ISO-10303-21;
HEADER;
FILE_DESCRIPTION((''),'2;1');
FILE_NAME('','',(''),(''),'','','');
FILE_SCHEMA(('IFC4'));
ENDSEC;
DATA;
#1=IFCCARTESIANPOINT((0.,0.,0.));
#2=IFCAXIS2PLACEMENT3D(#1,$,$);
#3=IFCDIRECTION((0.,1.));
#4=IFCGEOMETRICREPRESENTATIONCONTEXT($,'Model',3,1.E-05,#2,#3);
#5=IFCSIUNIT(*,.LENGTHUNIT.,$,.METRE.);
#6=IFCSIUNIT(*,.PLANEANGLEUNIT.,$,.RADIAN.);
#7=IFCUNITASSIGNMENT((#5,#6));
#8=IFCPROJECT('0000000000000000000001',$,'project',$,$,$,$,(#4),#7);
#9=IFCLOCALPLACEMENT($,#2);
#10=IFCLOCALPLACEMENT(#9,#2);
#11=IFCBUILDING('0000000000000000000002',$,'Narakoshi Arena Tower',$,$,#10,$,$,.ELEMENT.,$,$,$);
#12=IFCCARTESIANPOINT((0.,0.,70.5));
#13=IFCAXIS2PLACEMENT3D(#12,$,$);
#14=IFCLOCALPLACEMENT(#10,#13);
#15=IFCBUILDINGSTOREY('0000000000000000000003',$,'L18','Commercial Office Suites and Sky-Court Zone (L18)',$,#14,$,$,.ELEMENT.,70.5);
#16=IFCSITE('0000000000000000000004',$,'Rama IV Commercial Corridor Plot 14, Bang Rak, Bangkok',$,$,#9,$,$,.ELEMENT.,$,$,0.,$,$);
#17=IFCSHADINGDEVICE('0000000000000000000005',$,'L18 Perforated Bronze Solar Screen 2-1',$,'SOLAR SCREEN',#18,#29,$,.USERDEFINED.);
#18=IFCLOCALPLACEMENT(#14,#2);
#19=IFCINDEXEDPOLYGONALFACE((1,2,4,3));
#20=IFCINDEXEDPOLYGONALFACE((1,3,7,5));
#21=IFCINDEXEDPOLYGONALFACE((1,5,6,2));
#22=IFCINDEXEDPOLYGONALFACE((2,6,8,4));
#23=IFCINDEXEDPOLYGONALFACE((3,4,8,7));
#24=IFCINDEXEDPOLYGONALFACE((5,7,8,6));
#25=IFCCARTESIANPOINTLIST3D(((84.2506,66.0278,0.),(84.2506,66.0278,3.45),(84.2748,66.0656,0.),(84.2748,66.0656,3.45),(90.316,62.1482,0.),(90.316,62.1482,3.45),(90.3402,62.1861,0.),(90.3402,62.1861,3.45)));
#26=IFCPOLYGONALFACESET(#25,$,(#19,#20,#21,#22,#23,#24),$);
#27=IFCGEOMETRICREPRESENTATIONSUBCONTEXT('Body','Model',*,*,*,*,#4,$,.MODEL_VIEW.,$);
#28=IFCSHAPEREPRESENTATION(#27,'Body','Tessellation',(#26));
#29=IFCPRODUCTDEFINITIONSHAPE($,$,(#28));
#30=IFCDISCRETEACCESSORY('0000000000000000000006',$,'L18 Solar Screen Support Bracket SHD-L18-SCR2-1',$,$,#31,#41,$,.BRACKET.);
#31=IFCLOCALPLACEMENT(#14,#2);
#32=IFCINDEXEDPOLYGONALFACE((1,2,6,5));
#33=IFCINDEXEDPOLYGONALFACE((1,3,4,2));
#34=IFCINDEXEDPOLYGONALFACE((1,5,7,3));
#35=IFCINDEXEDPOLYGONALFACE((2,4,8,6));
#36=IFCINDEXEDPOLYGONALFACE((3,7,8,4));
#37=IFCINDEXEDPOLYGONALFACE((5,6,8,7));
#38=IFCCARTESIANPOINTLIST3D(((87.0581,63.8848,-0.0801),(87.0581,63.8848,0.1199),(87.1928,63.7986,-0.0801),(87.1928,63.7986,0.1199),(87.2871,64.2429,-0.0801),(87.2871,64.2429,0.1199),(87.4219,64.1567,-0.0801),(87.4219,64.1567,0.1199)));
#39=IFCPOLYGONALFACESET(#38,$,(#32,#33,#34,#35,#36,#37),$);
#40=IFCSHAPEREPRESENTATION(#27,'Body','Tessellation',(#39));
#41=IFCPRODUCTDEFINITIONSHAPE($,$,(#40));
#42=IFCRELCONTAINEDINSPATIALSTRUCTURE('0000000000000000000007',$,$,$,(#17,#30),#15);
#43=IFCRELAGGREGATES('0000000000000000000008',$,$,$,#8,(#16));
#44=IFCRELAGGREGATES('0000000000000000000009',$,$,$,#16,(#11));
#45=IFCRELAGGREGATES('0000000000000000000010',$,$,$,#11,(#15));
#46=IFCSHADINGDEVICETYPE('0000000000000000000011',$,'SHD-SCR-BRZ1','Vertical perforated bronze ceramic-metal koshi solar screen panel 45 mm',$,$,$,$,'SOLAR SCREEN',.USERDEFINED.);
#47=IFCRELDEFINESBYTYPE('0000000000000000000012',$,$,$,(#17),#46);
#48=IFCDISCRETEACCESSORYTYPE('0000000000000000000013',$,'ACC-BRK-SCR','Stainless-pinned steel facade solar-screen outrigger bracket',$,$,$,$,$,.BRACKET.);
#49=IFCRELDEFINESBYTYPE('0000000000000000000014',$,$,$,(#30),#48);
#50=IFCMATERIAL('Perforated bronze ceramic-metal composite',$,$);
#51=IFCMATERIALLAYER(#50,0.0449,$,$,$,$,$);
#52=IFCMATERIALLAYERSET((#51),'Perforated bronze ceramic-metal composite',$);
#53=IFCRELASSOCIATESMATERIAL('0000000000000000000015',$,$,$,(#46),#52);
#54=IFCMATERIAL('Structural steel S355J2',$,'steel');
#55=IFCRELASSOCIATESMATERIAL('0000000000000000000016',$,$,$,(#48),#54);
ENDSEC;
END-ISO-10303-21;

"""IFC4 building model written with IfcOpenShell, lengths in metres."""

from ifc_helpers import new_model, si_unit, direction, frame, origin, origin_2d, place, context, subcontext, project, spatial, rectangle, extrude, material, layer, layer_set, type_object, element, save


model = new_model("IFC4")

# Units and contexts
model_context = context("Model", 3, precision=1e-05, world=origin(), true_north=direction((0.0, 1.0)))
body_context = subcontext(model_context, "Body", "Model", "MODEL_VIEW")
ifc_project = project(units=[si_unit("LENGTHUNIT", "METRE"), si_unit("PLANEANGLEUNIT", "RADIAN")], contexts=[model_context])

# Site, building, storey
site_placement = place(None, origin())
site = spatial("IfcSite", under=ifc_project, at=site_placement, Name="Rama IV Commercial Corridor Plot 14, Bang Rak, Bangkok", CompositionType="ELEMENT", RefElevation=0.0)
building_placement = place(site_placement, origin())
building = spatial("IfcBuilding", under=site, at=building_placement, Name="Narakoshi Arena Tower", CompositionType="ELEMENT")
storey_placement = place(building_placement, frame((0.0, 0.0, 70.5)))
storey = spatial("IfcBuildingStorey", under=building, at=storey_placement, Name="L18", Description="Commercial Office Suites and Sky-Court Zone (L18)", CompositionType="ELEMENT", Elevation=70.5)

# Shared definitions
ifc_material_1 = material(Name="Structural steel S355J2", Category="steel")

# Shading device
ifc_material_2 = material(Name="Perforated bronze ceramic-metal composite")
ifc_layer_1 = layer(ifc_material_2, 0.0449)
ifc_layer_set_1 = layer_set([ifc_layer_1], Name="Perforated bronze ceramic-metal composite")
shading_device_type = type_object("IfcShadingDeviceType", Name="SHD-SCR-BRZ1", Description="Vertical perforated bronze ceramic-metal koshi solar screen panel 45 mm", ElementType="SOLAR SCREEN", PredefinedType="USERDEFINED", material=ifc_layer_set_1)
shading_device_placement = place(storey_placement, frame((87.2954, 64.1069, 0.0), z_axis=(0.0, 0.0, 1.0), x_axis=(-0.842415, 0.53883, 0.0)))
element("IfcShadingDevice", 1, at=shading_device_placement, inside=storey, type_object=shading_device_type, Name="L18 Perforated Bronze Solar Screen 2-1", ObjectType="SOLAR SCREEN", PredefinedType="USERDEFINED", context=body_context, shape_type="SweptSolid", body=[
    extrude(rectangle(XDim=7.2, YDim=0.0449, at=origin_2d()), origin(), (0.0, 0.0, 1.0), 3.45),
])

# Discrete accessory
discrete_accessory_type = type_object("IfcDiscreteAccessoryType", Name="ACC-BRK-SCR", Description="Stainless-pinned steel facade solar-screen outrigger bracket", PredefinedType="BRACKET", material=ifc_material_1)
discrete_accessory_placement = place(storey_placement, frame((87.24, 64.0208, -0.0801), z_axis=(0.0, 0.0, 1.0), x_axis=(-0.842415, 0.53883, 0.0)))
element("IfcDiscreteAccessory", 2, at=discrete_accessory_placement, inside=storey, type_object=discrete_accessory_type, Name="L18 Solar Screen Support Bracket SHD-L18-SCR2-1", PredefinedType="BRACKET", context=body_context, shape_type="SweptSolid", body=[
    extrude(rectangle(XDim=0.1599, YDim=0.425, at=origin_2d()), origin(), (0.0, 0.0, 1.0), 0.2),
])

save(model, "model.ifc")
